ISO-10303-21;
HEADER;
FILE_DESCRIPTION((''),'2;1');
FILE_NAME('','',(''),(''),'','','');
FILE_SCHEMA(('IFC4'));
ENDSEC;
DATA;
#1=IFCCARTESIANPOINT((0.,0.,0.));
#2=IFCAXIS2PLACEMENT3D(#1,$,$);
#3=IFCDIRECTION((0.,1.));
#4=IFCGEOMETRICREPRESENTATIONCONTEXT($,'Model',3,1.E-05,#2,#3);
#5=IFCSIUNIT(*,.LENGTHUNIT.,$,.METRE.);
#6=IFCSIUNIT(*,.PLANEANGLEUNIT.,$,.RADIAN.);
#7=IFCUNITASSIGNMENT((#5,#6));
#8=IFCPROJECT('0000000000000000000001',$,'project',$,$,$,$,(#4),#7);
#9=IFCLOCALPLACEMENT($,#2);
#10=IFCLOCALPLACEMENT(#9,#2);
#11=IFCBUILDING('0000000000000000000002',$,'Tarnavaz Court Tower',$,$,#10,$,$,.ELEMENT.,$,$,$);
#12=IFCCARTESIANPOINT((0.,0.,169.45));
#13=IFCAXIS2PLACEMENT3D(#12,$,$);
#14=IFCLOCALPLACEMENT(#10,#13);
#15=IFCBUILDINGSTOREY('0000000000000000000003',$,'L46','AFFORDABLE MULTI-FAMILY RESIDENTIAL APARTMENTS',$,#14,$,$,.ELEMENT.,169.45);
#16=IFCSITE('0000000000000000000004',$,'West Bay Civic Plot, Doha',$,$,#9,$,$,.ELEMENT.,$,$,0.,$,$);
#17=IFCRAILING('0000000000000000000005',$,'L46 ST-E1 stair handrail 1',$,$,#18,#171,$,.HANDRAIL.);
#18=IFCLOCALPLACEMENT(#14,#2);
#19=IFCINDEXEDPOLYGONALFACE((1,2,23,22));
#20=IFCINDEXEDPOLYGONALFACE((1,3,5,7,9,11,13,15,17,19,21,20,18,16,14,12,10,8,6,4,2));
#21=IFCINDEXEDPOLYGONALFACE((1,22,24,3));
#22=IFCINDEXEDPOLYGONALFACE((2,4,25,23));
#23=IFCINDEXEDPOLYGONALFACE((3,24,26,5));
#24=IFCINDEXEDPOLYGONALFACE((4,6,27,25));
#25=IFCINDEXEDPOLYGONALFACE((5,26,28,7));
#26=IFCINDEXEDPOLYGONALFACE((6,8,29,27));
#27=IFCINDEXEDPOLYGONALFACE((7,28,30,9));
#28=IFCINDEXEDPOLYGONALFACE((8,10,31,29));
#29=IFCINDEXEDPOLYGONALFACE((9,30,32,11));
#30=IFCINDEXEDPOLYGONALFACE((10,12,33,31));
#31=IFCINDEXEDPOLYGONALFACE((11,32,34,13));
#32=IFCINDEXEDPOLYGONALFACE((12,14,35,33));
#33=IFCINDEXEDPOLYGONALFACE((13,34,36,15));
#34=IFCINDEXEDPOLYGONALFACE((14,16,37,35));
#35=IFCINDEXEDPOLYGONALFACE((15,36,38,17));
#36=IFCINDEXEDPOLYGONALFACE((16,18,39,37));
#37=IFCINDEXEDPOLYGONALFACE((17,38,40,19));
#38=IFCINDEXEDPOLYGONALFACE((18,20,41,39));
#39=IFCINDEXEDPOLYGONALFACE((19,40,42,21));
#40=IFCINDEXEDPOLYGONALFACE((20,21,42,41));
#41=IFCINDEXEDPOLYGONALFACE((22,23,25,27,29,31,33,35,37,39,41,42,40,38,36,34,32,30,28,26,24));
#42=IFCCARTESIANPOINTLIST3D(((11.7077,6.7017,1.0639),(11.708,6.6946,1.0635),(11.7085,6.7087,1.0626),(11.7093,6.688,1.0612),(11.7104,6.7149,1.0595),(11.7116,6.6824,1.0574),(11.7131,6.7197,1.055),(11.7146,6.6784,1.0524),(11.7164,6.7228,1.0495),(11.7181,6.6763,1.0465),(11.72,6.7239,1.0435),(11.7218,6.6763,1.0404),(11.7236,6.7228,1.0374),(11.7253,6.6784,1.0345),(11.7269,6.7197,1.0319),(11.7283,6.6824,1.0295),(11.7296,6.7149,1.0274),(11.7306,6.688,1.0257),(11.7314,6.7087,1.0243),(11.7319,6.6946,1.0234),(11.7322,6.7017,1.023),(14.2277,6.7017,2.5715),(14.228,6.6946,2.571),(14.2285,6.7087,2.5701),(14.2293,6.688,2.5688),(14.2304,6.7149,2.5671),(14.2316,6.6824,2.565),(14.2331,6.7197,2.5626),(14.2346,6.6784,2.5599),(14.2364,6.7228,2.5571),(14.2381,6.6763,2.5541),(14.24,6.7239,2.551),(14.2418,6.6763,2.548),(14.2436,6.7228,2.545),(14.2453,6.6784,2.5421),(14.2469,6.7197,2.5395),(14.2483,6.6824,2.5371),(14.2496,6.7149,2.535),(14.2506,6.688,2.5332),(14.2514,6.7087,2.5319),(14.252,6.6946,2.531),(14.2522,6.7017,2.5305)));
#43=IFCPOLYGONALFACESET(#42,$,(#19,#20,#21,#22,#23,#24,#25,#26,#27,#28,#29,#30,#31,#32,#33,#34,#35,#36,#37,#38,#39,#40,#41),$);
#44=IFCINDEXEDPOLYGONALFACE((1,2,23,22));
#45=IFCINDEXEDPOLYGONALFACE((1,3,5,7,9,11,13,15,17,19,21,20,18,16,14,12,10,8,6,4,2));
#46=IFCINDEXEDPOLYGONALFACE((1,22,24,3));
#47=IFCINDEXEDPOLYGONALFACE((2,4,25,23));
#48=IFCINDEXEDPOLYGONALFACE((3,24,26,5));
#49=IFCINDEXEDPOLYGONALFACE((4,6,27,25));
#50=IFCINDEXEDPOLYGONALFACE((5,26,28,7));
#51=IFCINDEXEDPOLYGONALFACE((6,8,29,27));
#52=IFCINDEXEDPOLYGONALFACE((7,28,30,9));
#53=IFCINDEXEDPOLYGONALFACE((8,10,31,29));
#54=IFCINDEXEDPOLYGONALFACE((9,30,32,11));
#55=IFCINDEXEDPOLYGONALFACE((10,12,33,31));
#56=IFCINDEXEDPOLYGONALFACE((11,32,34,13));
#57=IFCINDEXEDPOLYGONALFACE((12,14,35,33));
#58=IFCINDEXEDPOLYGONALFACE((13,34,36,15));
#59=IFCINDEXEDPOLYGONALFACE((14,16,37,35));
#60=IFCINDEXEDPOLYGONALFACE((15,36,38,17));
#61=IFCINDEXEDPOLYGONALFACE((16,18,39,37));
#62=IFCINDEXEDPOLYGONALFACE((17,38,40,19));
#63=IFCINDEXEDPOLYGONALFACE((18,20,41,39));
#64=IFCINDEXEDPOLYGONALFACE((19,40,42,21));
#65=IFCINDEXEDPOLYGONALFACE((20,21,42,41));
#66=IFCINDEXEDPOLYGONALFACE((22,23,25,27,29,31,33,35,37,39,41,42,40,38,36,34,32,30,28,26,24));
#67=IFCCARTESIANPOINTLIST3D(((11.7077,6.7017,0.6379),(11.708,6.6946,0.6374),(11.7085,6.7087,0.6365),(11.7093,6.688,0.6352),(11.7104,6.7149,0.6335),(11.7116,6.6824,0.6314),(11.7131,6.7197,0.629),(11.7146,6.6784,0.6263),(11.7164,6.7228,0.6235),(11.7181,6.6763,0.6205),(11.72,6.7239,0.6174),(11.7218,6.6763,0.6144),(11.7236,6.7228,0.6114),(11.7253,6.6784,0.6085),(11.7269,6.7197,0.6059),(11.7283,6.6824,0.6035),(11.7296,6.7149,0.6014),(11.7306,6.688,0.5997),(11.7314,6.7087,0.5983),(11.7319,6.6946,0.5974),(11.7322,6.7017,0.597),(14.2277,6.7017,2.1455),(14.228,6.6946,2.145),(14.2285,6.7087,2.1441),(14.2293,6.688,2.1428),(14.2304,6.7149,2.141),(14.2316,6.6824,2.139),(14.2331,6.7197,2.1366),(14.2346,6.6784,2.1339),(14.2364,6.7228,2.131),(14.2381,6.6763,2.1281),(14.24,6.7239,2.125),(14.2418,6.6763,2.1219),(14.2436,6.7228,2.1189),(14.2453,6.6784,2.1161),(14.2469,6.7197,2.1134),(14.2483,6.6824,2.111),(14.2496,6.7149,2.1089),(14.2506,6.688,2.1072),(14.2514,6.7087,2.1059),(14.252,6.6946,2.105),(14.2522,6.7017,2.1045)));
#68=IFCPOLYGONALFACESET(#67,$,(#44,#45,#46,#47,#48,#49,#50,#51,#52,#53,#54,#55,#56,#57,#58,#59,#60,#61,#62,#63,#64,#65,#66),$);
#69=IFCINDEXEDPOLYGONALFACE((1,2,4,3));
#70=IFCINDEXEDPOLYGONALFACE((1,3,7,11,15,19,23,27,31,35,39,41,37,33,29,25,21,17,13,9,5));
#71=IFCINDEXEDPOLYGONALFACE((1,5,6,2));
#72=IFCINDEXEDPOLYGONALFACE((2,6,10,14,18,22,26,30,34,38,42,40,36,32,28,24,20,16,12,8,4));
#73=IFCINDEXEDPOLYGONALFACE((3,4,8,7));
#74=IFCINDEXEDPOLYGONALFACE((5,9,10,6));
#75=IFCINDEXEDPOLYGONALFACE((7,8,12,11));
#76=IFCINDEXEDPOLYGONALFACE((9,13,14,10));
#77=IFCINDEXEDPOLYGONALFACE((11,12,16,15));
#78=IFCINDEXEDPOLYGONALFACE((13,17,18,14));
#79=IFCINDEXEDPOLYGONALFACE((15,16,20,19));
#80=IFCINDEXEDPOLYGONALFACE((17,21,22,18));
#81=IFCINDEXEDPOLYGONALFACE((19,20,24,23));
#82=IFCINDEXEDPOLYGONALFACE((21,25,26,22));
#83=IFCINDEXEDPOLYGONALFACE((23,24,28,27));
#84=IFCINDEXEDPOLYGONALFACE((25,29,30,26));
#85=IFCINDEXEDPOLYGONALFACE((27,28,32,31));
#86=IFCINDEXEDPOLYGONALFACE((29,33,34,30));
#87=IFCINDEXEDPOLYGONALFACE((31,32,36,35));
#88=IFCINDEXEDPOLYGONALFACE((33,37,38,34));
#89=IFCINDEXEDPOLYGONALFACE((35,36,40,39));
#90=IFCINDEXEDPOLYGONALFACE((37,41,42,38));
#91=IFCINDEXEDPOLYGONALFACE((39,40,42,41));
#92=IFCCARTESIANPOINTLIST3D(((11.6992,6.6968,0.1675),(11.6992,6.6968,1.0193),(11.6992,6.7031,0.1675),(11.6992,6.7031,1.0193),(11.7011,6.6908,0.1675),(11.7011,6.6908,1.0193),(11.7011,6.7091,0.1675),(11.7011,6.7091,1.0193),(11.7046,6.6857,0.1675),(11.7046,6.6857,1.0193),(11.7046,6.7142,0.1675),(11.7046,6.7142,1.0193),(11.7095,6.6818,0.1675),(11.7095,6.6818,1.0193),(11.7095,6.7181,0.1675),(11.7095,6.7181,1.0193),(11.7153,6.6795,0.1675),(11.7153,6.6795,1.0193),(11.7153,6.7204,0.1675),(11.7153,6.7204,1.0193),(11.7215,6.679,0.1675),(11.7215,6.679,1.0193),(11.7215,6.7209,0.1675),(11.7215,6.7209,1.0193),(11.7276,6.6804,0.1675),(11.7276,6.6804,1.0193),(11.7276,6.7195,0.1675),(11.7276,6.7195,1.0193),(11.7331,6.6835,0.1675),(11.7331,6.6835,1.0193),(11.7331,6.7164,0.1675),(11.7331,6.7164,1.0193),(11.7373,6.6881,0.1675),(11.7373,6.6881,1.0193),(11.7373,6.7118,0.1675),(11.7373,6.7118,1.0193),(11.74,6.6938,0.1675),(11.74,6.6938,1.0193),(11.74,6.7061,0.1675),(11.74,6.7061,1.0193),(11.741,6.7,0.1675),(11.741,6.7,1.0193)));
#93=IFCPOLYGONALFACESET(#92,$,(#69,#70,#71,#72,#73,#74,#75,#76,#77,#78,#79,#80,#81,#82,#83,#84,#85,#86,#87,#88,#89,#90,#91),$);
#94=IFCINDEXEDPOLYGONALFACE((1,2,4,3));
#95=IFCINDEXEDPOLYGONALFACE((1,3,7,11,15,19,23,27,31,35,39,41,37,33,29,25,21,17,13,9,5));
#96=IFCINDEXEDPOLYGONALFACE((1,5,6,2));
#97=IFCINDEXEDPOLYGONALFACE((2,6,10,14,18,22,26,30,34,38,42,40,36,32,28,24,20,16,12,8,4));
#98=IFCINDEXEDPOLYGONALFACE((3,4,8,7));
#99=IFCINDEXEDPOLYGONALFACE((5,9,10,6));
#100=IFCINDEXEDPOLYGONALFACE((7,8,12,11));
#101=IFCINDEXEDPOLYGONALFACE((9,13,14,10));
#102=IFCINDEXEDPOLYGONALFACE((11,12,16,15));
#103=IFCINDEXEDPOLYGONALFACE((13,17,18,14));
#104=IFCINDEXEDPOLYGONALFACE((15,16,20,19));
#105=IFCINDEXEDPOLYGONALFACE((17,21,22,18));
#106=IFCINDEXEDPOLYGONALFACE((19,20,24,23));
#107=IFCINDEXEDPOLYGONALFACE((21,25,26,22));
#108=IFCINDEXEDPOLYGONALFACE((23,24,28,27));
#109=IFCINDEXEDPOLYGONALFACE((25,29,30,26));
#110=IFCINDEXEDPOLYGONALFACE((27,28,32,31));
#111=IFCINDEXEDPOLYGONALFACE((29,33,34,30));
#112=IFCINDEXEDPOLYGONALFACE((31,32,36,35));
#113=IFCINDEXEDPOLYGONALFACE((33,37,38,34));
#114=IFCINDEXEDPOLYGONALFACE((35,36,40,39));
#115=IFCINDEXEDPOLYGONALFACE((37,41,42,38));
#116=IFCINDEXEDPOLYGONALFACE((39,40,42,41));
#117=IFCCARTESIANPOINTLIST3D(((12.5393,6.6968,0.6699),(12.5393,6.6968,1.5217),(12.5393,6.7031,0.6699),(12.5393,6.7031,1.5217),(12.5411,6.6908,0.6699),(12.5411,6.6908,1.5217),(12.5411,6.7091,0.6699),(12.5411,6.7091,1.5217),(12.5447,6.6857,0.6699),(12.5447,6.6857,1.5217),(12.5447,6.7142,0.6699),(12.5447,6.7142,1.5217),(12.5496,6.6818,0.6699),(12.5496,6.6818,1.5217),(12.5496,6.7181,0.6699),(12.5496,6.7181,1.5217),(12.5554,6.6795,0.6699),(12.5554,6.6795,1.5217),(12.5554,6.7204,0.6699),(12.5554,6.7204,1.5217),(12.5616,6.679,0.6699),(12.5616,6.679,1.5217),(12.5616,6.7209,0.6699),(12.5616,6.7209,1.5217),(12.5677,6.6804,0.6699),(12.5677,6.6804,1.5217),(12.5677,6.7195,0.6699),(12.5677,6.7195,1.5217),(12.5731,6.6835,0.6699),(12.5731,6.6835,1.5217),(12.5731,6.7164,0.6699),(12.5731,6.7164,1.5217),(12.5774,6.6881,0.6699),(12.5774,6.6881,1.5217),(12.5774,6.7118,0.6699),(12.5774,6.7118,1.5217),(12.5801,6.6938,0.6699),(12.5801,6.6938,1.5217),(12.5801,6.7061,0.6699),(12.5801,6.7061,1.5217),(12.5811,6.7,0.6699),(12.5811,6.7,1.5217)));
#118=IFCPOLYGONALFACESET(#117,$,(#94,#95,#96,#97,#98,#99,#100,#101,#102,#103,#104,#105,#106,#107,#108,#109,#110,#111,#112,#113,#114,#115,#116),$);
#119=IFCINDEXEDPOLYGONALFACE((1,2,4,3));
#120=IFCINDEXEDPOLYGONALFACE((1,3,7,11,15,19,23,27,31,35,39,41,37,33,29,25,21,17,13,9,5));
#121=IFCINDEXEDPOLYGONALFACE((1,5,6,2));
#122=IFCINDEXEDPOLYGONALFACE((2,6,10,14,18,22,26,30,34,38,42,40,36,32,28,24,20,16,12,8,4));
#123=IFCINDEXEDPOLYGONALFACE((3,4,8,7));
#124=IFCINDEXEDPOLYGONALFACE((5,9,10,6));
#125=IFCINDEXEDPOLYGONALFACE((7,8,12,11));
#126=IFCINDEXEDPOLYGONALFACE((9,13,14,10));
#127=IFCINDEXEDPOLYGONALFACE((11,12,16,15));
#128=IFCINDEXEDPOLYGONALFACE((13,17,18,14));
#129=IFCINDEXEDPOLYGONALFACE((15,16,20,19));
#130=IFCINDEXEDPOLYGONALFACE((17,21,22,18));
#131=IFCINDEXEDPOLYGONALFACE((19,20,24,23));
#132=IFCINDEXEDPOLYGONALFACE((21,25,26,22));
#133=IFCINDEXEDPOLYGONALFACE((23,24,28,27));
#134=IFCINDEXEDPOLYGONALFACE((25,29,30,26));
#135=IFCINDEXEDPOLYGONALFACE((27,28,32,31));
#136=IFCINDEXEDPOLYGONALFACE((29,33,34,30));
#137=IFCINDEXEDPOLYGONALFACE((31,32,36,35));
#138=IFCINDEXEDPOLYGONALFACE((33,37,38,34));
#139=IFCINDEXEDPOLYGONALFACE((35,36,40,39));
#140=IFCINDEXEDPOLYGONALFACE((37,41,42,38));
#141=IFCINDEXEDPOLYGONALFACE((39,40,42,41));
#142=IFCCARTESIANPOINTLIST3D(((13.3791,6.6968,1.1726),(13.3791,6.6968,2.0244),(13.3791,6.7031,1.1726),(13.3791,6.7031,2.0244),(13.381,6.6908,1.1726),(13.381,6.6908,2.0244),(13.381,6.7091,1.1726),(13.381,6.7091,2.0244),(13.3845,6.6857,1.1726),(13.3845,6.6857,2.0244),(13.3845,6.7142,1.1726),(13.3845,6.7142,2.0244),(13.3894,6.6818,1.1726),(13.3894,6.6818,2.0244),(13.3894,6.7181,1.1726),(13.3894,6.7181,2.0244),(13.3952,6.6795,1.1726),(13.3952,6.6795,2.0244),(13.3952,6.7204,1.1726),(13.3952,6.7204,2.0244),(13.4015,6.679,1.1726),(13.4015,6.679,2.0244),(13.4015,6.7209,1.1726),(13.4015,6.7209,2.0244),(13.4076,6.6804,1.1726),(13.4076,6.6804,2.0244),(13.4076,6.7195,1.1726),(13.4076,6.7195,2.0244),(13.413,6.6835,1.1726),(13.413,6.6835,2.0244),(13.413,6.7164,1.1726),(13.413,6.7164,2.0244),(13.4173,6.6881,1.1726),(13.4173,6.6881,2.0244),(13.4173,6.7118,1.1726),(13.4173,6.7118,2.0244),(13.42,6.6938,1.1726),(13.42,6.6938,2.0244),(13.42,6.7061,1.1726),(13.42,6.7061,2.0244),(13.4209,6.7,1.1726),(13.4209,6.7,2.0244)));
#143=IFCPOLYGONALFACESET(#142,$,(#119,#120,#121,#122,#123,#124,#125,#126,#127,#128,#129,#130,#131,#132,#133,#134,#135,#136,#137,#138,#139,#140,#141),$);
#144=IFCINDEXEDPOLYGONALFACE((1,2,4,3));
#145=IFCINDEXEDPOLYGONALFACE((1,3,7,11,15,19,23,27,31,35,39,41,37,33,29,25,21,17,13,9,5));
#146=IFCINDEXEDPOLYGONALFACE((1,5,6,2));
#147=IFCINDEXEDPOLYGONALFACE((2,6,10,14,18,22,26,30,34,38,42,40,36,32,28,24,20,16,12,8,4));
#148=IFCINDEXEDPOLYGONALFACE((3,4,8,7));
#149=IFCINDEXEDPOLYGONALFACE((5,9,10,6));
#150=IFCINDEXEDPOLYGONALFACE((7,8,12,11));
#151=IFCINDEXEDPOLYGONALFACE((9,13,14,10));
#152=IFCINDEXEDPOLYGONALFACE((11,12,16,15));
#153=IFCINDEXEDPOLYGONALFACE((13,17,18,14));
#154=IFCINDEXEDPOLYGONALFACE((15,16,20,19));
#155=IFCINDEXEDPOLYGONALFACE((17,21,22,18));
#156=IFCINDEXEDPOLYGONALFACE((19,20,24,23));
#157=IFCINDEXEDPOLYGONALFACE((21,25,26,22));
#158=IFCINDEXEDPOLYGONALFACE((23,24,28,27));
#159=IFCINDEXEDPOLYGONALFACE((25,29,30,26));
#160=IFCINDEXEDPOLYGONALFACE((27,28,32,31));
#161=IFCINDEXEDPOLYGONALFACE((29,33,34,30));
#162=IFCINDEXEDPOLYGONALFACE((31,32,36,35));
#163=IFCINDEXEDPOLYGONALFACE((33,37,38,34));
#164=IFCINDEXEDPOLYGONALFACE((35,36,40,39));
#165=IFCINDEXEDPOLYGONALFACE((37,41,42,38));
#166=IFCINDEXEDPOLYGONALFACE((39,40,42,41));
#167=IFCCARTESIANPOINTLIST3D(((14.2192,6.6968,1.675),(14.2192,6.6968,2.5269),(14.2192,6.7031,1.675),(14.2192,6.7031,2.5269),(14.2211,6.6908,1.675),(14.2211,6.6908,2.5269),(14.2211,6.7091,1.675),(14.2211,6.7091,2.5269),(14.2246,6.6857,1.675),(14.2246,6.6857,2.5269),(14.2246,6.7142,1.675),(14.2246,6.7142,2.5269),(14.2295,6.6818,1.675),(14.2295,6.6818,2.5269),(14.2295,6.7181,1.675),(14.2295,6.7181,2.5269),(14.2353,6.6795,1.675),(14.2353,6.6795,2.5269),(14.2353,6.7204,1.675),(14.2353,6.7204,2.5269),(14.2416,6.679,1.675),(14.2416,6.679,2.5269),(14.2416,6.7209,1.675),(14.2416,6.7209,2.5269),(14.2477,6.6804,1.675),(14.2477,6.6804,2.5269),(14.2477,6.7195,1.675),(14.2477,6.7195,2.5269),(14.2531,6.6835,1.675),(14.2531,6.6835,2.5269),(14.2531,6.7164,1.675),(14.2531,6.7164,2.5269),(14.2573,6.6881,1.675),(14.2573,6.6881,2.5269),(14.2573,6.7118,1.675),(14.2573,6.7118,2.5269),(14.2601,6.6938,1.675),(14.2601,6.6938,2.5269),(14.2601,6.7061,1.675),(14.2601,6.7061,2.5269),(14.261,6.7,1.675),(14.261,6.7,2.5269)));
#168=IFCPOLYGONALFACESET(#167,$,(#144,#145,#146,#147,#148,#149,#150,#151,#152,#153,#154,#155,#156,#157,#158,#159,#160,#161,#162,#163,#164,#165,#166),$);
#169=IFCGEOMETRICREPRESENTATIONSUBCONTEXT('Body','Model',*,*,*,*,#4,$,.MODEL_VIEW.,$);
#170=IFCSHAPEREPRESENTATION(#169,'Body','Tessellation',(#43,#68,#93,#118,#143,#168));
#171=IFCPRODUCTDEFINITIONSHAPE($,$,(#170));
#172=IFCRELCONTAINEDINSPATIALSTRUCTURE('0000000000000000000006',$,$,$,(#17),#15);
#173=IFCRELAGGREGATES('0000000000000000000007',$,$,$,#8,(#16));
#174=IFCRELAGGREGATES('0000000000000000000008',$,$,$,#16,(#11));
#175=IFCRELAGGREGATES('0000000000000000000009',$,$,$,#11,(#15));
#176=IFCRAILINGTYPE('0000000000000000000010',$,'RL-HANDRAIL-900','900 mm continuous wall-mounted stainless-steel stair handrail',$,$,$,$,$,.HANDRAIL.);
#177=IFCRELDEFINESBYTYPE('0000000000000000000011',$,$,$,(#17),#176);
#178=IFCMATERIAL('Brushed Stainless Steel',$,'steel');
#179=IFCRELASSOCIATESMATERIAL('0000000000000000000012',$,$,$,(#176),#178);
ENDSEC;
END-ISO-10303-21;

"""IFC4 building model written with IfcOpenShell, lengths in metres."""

from ifc_helpers import new_model, si_unit, direction, frame, origin, origin_2d, place, context, subcontext, project, spatial, circle, extrude, material, type_object, element, save


model = new_model("IFC4")

# Units and contexts
model_context = context("Model", 3, precision=1e-05, world=origin(), true_north=direction((0.0, 1.0)))
body_context = subcontext(model_context, "Body", "Model", "MODEL_VIEW")
ifc_project = project(units=[si_unit("LENGTHUNIT", "METRE"), si_unit("PLANEANGLEUNIT", "RADIAN")], contexts=[model_context])

# Site, building, storey
site_placement = place(None, origin())
site = spatial("IfcSite", under=ifc_project, at=site_placement, Name="West Bay Civic Plot, Doha", CompositionType="ELEMENT", RefElevation=0.0)
building_placement = place(site_placement, origin())
building = spatial("IfcBuilding", under=site, at=building_placement, Name="Tarnavaz Court Tower", CompositionType="ELEMENT")
storey_placement = place(building_placement, frame((0.0, 0.0, 169.45)))
storey = spatial("IfcBuildingStorey", under=building, at=storey_placement, Name="L46", Description="AFFORDABLE MULTI-FAMILY RESIDENTIAL APARTMENTS", CompositionType="ELEMENT", Elevation=169.45)

# Railing
ifc_material_1 = material(Name="Brushed Stainless Steel", Category="steel")
railing_type_1 = type_object("IfcRailingType", Name="RL-HANDRAIL-900", Description="900 mm continuous wall-mounted stainless-steel stair handrail", PredefinedType="HANDRAIL", material=ifc_material_1)
railing_1_placement = place(storey_placement, frame((11.72, 6.7, 0.1675)))
element("IfcRailing", 1, at=railing_1_placement, inside=storey, type_object=railing_type_1, Name="L46 ST-E1 stair handrail 1", PredefinedType="HANDRAIL", context=body_context, shape_type="SweptSolid", body=[
    extrude(circle(Radius=0.0239, at=origin_2d()), frame((0.0, 0.0, 0.876), z_axis=(0.85816, 0.0, 0.513383), x_axis=(0.0, 1.0, 0.0)), (0.0, 0.0, 1.0), 2.9365),
    extrude(circle(Radius=0.0239, at=origin_2d()), frame((0.0, 0.0, 0.45), z_axis=(0.85816, 0.0, 0.513383), x_axis=(0.0, 1.0, 0.0)), (0.0, 0.0, 1.0), 2.9365),
    extrude(circle(Radius=0.021, at=origin_2d()), origin(), (0.0, 0.0, 1.0), 0.8518),
    extrude(circle(Radius=0.021, at=origin_2d()), frame((0.8401, 0.0, 0.5024)), (0.0, 0.0, 1.0), 0.8518),
    extrude(circle(Radius=0.021, at=origin_2d()), frame((1.6799, 0.0, 1.0051)), (0.0, 0.0, 1.0), 0.8518),
    extrude(circle(Radius=0.021, at=origin_2d()), frame((2.52, 0.0, 1.5076)), (0.0, 0.0, 1.0), 0.8518),
])

save(model, "model.ifc")
